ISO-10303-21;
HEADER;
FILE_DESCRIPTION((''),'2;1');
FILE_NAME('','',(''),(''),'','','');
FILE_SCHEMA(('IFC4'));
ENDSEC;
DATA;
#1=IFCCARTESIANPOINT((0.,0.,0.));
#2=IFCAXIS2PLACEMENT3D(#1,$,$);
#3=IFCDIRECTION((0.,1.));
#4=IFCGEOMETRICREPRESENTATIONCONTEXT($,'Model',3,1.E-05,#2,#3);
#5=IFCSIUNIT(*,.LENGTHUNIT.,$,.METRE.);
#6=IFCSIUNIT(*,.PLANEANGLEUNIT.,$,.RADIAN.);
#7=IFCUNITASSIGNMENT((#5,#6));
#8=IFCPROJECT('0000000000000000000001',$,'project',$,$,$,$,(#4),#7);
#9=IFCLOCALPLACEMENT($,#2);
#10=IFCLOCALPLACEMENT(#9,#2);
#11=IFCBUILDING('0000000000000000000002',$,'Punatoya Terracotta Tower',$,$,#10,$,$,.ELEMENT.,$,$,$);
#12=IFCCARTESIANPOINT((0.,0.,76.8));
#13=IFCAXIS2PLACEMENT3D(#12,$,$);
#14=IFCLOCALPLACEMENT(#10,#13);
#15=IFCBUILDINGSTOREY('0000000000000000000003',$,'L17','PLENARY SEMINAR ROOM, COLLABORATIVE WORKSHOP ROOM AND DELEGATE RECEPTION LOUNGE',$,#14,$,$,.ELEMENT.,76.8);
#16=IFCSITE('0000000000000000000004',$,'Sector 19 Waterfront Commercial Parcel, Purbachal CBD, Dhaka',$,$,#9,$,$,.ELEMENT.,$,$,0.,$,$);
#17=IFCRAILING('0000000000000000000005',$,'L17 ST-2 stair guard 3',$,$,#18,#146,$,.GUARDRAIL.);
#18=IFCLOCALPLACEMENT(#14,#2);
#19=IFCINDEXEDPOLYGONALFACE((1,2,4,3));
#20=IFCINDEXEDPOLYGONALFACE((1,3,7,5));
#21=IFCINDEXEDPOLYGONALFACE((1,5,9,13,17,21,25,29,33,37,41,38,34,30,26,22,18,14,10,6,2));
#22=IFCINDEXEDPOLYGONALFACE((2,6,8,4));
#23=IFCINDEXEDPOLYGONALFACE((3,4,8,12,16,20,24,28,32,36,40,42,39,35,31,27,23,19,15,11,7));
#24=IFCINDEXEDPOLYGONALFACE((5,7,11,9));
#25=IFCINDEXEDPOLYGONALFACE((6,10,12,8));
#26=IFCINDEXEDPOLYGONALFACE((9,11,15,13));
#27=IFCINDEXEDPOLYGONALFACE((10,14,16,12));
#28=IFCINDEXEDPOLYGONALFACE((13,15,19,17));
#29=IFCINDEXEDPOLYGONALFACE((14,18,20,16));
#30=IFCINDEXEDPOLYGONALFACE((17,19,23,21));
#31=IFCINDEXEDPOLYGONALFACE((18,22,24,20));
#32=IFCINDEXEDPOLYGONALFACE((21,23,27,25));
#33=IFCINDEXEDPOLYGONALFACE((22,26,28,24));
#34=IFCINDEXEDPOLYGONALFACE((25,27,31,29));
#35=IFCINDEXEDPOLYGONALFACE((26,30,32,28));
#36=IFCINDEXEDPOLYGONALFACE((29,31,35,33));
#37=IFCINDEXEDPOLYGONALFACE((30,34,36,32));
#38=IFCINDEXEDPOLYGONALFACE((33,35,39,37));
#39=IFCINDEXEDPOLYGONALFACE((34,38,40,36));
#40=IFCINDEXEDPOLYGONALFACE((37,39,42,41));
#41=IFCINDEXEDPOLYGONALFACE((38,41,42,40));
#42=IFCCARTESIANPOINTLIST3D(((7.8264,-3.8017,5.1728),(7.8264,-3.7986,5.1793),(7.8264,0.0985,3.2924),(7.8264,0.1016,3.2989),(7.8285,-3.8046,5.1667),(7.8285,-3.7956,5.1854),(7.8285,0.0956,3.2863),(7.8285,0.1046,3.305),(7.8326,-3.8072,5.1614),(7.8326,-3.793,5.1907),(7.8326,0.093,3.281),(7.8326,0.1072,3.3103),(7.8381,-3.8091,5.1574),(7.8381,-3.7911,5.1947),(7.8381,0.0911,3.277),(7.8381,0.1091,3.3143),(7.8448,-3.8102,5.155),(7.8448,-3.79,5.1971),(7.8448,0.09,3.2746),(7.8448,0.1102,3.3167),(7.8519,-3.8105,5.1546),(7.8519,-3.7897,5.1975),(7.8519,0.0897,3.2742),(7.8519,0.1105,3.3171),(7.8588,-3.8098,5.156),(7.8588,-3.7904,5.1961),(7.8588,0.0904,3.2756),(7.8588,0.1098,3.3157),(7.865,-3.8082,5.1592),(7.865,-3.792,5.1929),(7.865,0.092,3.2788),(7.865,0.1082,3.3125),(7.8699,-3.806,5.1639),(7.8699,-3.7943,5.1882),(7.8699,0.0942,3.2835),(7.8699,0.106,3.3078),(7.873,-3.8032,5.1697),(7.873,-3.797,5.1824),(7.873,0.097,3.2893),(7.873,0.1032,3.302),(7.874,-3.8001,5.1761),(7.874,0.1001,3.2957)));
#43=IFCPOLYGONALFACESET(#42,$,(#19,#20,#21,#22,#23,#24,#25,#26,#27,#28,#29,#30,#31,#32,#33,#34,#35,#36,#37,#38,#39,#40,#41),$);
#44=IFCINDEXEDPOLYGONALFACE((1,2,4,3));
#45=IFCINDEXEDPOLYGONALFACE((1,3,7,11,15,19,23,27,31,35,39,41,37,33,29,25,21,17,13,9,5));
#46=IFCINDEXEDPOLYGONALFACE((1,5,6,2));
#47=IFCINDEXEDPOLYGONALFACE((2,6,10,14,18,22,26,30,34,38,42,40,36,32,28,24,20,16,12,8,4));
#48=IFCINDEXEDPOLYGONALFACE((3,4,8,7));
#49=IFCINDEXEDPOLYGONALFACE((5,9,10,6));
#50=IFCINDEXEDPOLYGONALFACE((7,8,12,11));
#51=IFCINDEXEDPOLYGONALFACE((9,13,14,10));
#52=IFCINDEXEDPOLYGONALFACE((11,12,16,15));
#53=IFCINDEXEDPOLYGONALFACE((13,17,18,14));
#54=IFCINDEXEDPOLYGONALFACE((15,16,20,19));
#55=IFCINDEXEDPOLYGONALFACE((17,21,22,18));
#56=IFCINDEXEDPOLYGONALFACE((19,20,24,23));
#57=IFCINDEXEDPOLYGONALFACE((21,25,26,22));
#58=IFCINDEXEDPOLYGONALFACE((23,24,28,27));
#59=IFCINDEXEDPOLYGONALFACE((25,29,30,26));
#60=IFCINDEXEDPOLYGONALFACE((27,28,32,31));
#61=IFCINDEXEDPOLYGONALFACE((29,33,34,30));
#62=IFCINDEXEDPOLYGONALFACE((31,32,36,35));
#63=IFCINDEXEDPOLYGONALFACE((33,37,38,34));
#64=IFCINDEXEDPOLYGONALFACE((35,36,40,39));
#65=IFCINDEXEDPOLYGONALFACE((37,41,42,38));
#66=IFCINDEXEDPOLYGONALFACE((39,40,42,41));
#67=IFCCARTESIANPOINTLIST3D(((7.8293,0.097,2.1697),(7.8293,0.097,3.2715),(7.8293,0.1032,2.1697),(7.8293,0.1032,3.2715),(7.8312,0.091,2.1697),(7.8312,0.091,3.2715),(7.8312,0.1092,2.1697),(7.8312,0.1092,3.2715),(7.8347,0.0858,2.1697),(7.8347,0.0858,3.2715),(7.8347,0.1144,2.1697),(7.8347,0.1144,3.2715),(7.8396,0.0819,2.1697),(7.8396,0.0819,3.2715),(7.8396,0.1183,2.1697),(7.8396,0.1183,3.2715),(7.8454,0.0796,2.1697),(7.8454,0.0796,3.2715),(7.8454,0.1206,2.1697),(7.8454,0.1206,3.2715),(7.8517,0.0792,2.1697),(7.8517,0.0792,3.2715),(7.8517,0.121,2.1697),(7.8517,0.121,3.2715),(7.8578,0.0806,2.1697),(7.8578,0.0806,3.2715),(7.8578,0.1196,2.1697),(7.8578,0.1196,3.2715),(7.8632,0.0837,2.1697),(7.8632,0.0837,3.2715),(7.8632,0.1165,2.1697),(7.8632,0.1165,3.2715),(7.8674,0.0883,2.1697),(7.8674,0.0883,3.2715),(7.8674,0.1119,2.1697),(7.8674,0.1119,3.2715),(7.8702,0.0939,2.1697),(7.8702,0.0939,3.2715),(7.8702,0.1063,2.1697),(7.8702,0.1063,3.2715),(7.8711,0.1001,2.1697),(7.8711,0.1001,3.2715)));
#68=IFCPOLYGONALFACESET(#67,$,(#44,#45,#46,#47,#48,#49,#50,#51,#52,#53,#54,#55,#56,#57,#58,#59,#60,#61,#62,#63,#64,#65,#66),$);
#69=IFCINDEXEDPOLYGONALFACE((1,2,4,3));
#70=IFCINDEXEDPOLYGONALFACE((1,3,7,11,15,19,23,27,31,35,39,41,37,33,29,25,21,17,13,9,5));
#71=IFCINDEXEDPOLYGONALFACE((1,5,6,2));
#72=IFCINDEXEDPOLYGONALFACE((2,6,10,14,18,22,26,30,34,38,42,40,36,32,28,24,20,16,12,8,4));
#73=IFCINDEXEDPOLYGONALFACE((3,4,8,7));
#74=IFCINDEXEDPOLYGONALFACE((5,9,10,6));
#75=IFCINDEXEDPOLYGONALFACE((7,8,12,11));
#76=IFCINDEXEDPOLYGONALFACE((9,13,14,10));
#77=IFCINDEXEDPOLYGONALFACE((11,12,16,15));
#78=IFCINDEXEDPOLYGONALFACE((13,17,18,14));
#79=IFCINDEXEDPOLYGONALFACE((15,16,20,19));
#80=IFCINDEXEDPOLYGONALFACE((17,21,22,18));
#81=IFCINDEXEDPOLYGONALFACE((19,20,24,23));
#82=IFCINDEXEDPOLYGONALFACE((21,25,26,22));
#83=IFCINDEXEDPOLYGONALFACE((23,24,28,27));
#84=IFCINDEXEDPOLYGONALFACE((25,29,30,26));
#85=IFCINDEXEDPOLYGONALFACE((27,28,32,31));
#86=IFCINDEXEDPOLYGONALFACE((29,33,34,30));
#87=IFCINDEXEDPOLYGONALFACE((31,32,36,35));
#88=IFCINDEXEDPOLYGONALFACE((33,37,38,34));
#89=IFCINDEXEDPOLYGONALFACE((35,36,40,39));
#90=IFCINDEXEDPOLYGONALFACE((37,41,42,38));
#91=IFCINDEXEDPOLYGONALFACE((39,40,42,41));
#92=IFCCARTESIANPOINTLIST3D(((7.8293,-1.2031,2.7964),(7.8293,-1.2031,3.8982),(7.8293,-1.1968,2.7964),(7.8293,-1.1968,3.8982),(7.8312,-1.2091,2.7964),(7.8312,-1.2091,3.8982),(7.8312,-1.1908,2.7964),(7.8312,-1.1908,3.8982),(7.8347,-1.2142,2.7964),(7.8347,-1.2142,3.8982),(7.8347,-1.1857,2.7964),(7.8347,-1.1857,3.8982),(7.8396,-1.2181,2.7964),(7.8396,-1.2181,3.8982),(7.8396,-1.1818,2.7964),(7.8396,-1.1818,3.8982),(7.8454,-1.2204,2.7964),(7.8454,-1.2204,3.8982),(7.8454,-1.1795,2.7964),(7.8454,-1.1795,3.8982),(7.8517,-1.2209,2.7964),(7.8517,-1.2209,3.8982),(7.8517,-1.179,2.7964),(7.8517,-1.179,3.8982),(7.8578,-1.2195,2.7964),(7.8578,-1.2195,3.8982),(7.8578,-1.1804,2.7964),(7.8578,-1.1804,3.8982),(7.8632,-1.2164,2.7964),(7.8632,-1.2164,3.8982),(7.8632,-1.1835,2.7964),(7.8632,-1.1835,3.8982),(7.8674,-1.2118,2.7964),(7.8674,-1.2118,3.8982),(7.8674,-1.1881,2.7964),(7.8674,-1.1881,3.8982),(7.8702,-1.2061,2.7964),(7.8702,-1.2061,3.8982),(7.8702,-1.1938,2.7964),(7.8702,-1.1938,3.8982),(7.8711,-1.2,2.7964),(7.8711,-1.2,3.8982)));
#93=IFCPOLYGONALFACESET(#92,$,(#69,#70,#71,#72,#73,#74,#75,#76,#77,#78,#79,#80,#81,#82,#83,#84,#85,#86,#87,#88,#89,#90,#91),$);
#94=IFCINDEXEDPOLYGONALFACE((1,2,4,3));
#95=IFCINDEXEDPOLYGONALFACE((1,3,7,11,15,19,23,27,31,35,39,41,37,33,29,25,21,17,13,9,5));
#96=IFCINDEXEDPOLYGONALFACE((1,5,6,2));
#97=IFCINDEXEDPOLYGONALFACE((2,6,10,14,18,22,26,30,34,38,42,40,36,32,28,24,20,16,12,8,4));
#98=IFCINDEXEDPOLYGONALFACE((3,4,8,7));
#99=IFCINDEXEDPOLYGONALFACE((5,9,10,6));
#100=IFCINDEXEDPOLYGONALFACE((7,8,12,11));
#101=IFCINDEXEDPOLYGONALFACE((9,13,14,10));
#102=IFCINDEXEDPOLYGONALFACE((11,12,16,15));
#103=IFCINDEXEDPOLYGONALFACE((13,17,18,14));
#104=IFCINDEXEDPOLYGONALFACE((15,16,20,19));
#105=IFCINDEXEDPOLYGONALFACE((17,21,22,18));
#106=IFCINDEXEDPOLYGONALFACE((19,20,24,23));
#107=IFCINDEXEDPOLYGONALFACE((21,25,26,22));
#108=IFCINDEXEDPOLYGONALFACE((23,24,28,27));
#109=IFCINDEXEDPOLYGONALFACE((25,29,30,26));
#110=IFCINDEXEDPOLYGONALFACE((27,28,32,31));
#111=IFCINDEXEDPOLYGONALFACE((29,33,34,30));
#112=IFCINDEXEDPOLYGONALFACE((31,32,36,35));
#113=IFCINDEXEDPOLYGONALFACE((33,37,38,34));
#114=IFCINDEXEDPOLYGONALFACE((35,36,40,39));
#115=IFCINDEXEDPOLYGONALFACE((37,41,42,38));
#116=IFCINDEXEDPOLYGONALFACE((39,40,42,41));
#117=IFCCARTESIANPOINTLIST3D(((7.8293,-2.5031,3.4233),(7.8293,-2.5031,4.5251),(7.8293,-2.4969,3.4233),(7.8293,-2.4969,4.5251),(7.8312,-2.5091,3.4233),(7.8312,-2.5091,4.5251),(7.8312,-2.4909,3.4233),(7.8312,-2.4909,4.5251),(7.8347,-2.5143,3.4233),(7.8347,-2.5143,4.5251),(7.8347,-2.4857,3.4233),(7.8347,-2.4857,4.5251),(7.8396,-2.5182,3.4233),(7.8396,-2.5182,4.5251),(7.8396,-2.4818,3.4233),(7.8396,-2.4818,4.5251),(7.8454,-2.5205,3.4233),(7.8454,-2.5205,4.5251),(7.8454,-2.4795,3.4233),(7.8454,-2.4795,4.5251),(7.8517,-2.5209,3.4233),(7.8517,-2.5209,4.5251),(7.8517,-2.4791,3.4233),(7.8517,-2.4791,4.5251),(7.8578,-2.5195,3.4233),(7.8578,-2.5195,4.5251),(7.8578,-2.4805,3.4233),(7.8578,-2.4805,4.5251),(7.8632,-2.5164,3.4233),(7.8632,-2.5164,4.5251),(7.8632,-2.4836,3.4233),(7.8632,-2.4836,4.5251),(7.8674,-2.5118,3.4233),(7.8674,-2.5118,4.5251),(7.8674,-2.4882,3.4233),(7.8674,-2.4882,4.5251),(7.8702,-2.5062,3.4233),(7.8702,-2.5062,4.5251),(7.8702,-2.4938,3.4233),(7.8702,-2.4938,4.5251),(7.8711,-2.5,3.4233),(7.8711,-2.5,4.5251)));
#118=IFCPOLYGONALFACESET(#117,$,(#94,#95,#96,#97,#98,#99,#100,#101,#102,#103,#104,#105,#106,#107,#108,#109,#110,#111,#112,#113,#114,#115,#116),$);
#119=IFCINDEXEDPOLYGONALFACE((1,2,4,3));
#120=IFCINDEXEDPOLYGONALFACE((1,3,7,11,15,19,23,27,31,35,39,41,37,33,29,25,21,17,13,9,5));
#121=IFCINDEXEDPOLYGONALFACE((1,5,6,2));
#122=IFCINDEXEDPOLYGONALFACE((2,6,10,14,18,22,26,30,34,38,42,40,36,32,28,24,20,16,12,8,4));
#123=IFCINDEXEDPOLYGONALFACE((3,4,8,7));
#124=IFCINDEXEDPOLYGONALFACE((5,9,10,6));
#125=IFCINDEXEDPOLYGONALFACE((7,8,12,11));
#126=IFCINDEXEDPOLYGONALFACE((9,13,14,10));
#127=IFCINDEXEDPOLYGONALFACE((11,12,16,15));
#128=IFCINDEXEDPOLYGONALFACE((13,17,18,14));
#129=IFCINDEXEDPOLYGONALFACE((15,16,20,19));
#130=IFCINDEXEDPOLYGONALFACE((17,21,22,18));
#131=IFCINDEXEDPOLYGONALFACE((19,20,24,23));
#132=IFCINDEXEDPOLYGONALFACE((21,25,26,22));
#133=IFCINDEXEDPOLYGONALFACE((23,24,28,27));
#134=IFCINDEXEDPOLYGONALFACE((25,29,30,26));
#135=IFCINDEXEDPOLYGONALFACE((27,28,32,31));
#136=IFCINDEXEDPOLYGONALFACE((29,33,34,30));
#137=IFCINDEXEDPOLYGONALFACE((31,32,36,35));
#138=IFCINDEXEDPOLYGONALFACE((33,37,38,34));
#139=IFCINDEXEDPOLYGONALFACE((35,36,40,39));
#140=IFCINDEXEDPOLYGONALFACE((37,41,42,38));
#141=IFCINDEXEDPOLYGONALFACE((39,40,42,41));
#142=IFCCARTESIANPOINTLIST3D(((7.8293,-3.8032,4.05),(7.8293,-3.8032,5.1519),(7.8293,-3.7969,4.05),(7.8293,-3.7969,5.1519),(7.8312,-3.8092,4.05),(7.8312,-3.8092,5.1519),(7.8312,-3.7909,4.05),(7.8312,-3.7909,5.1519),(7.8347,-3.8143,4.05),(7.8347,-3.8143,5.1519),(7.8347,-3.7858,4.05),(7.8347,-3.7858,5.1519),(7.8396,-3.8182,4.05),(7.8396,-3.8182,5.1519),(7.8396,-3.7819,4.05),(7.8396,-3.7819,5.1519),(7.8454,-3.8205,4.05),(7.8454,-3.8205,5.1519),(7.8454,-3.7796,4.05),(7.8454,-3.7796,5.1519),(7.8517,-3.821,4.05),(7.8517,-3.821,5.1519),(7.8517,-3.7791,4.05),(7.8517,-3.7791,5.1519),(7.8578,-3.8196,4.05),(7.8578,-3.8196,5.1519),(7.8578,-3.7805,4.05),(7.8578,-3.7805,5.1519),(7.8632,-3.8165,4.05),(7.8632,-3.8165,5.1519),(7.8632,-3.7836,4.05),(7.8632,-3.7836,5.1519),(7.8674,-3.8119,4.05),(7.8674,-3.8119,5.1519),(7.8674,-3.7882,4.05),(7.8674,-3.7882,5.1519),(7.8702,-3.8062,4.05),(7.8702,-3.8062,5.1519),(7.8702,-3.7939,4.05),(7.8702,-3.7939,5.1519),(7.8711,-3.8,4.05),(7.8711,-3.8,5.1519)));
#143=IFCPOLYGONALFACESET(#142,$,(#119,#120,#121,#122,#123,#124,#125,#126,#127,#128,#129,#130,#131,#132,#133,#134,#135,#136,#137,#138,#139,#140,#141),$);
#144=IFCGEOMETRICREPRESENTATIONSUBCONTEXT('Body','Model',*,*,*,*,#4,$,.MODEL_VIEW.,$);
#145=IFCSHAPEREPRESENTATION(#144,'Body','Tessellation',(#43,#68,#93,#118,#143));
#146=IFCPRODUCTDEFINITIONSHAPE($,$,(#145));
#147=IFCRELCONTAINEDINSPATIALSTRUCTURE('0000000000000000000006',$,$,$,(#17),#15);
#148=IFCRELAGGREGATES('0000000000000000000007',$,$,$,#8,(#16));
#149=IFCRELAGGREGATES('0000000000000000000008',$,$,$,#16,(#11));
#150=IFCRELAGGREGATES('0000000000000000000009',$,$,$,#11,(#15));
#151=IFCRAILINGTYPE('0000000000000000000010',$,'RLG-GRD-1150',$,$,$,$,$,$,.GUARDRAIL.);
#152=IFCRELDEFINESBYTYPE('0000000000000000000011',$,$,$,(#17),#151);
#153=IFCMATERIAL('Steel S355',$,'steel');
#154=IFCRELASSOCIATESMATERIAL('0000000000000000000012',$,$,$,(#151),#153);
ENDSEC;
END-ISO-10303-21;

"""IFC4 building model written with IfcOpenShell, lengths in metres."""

from ifc_helpers import new_model, si_unit, direction, frame, origin, origin_2d, place, context, subcontext, project, spatial, circle, extrude, material, type_object, element, save


model = new_model("IFC4")

# Units and contexts
model_context = context("Model", 3, precision=1e-05, world=origin(), true_north=direction((0.0, 1.0)))
body_context = subcontext(model_context, "Body", "Model", "MODEL_VIEW")
ifc_project = project(units=[si_unit("LENGTHUNIT", "METRE"), si_unit("PLANEANGLEUNIT", "RADIAN")], contexts=[model_context])

# Site, building, storey
site_placement = place(None, origin())
site = spatial("IfcSite", under=ifc_project, at=site_placement, Name="Sector 19 Waterfront Commercial Parcel, Purbachal CBD, Dhaka", CompositionType="ELEMENT", RefElevation=0.0)
building_placement = place(site_placement, origin())
building = spatial("IfcBuilding", under=site, at=building_placement, Name="Punatoya Terracotta Tower", CompositionType="ELEMENT")
storey_placement = place(building_placement, frame((0.0, 0.0, 76.8)))
storey = spatial("IfcBuildingStorey", under=building, at=storey_placement, Name="L17", Description="PLENARY SEMINAR ROOM, COLLABORATIVE WORKSHOP ROOM AND DELEGATE RECEPTION LOUNGE", CompositionType="ELEMENT", Elevation=76.8)

# Shared definitions
ifc_material_1 = material(Name="Steel S355", Category="steel")

# Railing
railing_type_1 = type_object("IfcRailingType", Name="RLG-GRD-1150", PredefinedType="GUARDRAIL", material=ifc_material_1)
railing_1_placement = place(storey_placement, frame((7.8501, 0.1001, 2.1697)))
element("IfcRailing", 1, at=railing_1_placement, inside=storey, type_object=railing_type_1, Name="L17 ST-2 stair guard 3", PredefinedType="GUARDRAIL", context=body_context, shape_type="SweptSolid", body=[
    extrude(circle(Radius=0.0239, at=origin_2d()), frame((0.0, 0.0, 1.126), z_axis=(0.0, -0.900774, 0.434289), x_axis=(1.0, 0.0, 0.0)), (0.0, 0.0, 1.0), 4.3298),
    extrude(circle(Radius=0.021, at=origin_2d()), origin(), (0.0, 0.0, 1.0), 1.1018),
    extrude(circle(Radius=0.021, at=origin_2d()), frame((0.0, -1.3, 0.6267)), (0.0, 0.0, 1.0), 1.1018),
    extrude(circle(Radius=0.021, at=origin_2d()), frame((0.0, -2.6001, 1.2537)), (0.0, 0.0, 1.0), 1.1018),
    extrude(circle(Radius=0.021, at=origin_2d()), frame((0.0, -3.9001, 1.8804)), (0.0, 0.0, 1.0), 1.1018),
])

save(model, "model.ifc")
